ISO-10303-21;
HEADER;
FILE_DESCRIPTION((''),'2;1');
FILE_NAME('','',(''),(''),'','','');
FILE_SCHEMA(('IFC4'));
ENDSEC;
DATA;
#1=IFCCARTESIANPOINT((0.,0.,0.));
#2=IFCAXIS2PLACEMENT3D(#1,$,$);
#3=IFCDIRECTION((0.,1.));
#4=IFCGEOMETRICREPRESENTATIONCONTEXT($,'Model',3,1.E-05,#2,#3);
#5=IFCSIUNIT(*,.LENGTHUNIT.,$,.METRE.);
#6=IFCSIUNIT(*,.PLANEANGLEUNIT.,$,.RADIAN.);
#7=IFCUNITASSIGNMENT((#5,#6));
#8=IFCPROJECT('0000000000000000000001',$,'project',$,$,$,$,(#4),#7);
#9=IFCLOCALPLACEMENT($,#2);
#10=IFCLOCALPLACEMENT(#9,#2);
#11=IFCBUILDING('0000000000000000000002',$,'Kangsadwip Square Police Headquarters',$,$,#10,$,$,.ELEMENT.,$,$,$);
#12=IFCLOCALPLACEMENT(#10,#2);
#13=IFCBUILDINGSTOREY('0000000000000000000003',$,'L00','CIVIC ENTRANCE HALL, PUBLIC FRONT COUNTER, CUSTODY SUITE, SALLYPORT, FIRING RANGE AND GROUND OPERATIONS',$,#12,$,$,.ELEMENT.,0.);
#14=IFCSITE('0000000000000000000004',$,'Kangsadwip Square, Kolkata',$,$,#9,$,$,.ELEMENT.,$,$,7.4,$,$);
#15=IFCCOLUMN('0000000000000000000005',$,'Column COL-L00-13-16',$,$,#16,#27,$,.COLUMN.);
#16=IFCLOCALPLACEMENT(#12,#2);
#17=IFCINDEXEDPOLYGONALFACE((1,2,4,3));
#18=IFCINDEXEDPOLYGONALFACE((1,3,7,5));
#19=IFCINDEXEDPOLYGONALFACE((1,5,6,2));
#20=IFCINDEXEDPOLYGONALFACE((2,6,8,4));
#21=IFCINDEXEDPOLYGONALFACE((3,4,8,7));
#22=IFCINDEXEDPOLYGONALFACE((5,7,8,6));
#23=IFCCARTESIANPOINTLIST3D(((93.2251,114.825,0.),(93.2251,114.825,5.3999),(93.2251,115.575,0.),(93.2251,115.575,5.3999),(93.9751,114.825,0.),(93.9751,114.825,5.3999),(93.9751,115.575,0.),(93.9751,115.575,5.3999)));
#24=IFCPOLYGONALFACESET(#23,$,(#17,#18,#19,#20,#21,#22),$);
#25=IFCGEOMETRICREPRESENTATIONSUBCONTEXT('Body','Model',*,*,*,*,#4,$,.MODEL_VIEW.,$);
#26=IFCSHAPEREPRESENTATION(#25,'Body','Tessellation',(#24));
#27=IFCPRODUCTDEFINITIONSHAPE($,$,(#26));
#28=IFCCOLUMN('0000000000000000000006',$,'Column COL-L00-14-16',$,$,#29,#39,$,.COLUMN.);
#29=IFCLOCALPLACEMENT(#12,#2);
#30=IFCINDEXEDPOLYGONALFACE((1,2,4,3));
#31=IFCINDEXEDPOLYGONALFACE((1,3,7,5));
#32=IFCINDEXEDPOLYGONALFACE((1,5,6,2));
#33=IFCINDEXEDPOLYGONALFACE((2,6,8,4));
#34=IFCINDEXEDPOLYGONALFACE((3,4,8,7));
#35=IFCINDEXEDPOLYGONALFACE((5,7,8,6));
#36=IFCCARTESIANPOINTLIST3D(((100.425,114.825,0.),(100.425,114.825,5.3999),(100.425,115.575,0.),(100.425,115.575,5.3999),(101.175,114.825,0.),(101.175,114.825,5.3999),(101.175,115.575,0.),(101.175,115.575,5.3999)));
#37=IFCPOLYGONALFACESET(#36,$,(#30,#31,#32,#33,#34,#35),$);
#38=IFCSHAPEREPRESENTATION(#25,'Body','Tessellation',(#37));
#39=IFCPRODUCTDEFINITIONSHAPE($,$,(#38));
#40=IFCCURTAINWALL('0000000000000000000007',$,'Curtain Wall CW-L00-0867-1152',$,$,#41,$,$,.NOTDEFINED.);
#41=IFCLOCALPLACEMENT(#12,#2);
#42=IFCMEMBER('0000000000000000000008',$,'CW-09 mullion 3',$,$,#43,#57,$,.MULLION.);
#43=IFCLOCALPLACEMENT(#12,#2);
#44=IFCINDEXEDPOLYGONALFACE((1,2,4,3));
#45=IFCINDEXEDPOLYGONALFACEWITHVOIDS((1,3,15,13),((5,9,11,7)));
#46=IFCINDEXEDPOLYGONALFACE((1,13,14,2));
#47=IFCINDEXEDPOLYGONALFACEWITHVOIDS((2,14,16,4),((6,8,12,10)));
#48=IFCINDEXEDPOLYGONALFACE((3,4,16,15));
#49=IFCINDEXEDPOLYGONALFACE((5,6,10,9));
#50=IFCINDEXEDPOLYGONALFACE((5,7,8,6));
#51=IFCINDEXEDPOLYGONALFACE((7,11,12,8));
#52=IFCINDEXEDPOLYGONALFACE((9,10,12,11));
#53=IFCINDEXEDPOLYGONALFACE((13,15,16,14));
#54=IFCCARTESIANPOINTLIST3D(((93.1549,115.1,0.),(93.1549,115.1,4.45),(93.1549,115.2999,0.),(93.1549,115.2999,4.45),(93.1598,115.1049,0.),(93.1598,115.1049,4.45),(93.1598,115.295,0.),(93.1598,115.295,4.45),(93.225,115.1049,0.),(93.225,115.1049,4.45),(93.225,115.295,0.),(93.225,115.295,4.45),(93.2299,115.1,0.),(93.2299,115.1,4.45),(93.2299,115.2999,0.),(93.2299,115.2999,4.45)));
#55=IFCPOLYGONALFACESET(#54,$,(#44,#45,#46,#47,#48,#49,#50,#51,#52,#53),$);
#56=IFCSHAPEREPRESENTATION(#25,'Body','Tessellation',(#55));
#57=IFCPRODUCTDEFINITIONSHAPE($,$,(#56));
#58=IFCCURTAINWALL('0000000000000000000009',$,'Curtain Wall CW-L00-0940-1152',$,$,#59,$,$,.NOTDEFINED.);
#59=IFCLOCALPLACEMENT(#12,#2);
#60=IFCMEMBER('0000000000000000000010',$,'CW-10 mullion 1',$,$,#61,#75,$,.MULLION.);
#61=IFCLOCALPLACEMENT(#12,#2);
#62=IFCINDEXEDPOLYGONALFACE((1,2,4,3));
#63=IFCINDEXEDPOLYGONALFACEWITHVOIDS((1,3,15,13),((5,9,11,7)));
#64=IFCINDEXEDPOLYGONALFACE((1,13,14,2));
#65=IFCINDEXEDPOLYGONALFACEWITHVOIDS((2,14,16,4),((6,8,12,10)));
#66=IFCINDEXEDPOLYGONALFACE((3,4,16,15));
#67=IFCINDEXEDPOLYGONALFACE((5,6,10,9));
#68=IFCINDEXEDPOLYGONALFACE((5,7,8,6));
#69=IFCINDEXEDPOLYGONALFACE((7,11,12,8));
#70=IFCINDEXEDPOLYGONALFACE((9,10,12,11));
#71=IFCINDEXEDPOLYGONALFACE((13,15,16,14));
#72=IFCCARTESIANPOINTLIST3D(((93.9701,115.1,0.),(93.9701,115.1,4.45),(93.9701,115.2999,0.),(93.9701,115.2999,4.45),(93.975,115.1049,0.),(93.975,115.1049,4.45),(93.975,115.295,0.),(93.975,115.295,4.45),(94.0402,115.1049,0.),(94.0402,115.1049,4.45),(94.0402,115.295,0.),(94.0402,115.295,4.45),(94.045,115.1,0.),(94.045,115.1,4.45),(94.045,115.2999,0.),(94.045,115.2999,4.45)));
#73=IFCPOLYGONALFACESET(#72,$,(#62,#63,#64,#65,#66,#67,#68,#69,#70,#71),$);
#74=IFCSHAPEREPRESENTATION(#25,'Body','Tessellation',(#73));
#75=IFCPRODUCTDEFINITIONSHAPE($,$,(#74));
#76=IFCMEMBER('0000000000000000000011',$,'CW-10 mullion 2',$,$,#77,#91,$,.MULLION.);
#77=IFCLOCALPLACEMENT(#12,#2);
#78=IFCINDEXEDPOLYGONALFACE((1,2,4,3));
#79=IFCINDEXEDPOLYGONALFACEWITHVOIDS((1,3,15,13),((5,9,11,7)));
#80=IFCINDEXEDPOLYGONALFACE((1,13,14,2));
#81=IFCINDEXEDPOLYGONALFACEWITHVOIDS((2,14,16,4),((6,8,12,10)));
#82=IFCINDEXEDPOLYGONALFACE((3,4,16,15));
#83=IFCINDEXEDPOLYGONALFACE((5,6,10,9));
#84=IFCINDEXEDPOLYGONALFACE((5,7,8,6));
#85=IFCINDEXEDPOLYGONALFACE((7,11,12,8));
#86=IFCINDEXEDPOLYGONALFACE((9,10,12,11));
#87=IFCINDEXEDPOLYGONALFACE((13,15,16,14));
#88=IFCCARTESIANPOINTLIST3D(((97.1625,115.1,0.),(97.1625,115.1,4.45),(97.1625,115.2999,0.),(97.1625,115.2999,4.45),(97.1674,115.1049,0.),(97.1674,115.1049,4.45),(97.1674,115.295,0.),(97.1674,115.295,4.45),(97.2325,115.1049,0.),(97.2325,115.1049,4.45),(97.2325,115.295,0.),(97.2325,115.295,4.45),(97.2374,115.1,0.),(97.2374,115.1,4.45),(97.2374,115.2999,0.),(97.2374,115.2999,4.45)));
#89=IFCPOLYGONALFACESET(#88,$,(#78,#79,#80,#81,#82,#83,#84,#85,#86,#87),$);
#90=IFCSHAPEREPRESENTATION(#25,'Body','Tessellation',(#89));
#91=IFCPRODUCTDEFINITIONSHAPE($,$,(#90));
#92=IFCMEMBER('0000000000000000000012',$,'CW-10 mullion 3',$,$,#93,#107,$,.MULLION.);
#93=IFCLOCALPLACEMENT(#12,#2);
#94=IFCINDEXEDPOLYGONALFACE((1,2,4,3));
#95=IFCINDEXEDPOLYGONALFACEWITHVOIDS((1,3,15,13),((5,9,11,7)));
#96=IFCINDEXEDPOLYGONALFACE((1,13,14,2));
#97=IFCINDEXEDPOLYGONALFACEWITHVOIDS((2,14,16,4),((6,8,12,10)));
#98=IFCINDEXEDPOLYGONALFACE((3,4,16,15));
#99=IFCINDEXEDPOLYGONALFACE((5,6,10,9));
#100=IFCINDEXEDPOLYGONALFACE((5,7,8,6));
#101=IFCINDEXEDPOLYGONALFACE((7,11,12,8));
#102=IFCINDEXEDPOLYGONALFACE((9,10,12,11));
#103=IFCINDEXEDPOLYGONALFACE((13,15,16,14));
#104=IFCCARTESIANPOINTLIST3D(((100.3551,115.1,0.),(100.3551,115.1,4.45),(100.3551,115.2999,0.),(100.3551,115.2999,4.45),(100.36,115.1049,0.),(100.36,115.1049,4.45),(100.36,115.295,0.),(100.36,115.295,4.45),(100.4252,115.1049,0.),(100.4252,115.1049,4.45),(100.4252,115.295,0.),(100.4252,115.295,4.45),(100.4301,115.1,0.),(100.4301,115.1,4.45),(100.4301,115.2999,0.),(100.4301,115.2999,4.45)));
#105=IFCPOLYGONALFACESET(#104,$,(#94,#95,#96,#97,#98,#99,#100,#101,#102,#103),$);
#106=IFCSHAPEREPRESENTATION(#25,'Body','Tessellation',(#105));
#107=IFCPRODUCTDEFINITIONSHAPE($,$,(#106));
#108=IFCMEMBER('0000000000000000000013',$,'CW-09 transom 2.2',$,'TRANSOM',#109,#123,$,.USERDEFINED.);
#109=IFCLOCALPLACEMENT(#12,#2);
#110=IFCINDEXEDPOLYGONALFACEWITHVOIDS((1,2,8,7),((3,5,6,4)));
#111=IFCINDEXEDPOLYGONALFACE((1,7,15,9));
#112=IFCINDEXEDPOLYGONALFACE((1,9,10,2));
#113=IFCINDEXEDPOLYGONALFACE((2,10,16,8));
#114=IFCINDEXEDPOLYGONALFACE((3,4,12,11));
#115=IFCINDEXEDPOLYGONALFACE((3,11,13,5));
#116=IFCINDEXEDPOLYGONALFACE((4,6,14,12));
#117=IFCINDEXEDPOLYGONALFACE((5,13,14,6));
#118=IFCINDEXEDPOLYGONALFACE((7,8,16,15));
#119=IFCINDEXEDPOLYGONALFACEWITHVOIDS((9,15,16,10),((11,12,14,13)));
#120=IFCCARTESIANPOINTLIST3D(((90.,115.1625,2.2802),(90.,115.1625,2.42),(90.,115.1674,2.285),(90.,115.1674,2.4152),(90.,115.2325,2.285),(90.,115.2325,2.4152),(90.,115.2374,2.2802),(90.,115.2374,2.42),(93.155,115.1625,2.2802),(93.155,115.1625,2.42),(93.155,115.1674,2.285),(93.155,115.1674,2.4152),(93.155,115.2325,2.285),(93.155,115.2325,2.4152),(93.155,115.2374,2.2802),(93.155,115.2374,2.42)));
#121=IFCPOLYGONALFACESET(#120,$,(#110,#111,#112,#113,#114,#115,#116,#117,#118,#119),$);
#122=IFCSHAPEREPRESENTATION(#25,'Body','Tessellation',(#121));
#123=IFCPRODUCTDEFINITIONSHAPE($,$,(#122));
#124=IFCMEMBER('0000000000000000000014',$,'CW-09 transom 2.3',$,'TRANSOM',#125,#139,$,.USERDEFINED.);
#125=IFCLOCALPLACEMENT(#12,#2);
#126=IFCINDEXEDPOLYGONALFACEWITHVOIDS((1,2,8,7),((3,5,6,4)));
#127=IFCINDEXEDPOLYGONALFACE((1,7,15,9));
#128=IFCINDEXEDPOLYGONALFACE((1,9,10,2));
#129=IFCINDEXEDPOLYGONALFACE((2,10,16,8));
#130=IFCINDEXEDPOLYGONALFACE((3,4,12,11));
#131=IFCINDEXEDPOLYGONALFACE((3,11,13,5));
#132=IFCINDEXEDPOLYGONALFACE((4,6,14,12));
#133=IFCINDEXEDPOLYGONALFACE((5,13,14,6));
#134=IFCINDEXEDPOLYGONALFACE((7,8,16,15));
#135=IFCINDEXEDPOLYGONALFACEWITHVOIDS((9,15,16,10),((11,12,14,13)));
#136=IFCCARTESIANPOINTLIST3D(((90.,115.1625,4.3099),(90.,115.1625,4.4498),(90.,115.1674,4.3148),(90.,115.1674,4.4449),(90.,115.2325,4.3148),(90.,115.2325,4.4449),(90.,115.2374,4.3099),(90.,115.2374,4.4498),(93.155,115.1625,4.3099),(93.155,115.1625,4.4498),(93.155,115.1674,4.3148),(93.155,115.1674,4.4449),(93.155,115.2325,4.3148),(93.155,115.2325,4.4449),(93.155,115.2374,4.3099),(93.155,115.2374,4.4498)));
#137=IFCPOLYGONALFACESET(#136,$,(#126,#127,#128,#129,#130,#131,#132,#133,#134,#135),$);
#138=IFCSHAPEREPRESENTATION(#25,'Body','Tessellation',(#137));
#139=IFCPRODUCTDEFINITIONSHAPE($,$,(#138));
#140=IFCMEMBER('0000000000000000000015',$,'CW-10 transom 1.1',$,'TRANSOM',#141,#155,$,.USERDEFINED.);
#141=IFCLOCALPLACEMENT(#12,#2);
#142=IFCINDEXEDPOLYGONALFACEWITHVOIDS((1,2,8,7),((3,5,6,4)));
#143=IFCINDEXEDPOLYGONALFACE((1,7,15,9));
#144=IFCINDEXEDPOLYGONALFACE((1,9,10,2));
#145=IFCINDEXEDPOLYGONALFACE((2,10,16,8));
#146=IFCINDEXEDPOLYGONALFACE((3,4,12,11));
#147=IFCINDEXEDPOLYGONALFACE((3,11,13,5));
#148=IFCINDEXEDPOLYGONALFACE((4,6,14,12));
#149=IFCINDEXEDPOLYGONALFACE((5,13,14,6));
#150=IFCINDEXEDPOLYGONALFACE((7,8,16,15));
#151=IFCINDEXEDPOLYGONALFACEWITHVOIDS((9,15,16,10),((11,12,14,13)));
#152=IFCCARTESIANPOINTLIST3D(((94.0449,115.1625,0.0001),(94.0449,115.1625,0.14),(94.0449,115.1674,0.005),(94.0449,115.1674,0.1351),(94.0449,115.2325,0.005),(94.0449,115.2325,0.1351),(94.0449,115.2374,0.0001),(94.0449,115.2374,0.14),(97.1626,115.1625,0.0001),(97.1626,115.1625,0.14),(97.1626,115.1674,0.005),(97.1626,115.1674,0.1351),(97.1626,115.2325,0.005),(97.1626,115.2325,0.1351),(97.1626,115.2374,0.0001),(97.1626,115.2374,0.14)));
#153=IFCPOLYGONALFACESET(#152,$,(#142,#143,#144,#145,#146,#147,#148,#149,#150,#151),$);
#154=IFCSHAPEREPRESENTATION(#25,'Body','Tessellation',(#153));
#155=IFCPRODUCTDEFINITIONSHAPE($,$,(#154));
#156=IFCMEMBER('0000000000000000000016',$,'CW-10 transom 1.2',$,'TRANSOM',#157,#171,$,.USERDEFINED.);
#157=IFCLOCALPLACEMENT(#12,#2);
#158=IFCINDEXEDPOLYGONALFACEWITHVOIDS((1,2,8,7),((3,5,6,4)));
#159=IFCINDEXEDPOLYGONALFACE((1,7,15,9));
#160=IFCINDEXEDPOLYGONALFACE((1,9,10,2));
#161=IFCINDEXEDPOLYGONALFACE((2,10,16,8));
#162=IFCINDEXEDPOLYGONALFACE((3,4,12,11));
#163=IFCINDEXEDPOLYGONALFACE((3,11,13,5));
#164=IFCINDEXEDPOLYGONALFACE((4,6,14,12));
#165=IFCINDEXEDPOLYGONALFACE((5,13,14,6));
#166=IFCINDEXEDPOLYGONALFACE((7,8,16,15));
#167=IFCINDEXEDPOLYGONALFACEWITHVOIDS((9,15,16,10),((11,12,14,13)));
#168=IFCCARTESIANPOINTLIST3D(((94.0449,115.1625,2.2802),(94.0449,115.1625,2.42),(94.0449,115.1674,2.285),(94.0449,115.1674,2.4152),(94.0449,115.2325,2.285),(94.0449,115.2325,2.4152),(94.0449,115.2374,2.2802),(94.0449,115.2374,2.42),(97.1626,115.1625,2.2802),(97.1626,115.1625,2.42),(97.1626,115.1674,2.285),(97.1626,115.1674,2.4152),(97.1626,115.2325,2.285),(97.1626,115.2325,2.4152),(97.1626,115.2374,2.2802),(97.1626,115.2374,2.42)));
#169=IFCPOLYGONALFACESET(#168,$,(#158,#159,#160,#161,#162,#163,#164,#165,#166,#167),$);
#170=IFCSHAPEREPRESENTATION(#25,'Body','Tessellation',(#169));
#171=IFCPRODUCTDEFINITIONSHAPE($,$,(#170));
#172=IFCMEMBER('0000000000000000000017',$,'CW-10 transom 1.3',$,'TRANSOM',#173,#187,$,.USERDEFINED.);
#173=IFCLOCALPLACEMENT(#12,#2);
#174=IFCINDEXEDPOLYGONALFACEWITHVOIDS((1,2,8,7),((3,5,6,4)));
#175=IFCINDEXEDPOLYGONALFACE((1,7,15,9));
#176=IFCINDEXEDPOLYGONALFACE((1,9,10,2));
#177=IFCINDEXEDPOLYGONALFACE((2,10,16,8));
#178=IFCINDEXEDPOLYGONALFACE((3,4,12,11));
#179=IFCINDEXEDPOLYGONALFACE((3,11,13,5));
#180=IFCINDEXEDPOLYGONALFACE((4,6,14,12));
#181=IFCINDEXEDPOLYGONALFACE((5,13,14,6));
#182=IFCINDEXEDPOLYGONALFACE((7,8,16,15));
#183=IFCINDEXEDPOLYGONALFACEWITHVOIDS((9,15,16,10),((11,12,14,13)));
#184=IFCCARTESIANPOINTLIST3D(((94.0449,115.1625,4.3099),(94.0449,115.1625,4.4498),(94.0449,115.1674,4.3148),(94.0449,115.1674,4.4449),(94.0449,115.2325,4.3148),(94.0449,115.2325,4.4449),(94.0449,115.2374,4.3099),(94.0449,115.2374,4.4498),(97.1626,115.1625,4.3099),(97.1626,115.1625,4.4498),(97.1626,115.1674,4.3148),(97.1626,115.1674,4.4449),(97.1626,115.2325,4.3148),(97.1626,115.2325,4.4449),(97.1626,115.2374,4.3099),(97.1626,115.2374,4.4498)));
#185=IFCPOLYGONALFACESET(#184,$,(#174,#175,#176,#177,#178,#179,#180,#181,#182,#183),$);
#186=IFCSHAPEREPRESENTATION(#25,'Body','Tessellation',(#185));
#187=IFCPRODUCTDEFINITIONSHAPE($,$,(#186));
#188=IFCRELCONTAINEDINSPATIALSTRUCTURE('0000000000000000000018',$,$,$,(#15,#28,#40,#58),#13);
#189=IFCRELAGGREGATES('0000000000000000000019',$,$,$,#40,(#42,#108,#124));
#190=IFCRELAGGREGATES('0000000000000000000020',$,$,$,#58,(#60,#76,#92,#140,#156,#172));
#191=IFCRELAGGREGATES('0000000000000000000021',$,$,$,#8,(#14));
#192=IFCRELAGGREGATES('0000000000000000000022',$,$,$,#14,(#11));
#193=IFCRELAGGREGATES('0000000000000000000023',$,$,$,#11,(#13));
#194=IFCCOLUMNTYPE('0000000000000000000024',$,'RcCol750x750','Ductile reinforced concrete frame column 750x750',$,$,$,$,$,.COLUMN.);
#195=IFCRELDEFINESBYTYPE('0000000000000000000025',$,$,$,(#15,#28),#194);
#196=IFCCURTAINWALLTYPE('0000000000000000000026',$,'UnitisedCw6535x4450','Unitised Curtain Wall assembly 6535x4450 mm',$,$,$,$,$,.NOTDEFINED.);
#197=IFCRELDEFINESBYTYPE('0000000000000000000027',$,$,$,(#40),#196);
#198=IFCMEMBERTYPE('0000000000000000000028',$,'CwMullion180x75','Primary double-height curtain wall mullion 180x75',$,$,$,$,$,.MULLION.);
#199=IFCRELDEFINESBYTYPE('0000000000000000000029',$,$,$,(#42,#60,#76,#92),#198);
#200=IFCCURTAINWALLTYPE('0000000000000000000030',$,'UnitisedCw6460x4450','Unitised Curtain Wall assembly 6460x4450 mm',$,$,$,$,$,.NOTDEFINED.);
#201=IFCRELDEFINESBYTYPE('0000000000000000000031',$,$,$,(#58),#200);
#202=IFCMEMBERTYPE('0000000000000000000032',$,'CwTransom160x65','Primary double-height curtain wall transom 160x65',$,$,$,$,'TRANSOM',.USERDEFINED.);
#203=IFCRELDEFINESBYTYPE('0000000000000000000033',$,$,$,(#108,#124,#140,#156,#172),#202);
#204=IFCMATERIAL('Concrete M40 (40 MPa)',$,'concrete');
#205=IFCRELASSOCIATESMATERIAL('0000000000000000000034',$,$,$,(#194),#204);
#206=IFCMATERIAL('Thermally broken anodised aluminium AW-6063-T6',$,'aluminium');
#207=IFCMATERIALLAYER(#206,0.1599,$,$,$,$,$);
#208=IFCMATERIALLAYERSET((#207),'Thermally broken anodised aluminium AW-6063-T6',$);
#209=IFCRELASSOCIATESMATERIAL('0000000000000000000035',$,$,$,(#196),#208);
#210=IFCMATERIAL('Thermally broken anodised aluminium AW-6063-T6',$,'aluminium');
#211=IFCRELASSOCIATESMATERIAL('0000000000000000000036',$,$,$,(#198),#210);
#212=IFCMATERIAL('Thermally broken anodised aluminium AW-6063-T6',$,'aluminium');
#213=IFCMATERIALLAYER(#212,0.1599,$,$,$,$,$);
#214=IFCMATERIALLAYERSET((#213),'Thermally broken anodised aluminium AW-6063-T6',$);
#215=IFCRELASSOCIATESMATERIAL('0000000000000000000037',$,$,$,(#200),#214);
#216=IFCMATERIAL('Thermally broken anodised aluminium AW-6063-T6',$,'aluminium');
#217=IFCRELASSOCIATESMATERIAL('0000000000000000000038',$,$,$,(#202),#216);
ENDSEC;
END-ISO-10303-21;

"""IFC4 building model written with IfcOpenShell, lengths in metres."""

from ifc_helpers import new_model, si_unit, direction, frame, origin, origin_2d, place, context, subcontext, project, spatial, rectangle, hollow_rectangle, extrude, material, layer, layer_set, material_profile, profile_set, type_object, element, aggregate, save


model = new_model("IFC4")

# Units and contexts
model_context = context("Model", 3, precision=1e-05, world=origin(), true_north=direction((0.0, 1.0)))
body_context = subcontext(model_context, "Body", "Model", "MODEL_VIEW")
ifc_project = project(units=[si_unit("LENGTHUNIT", "METRE"), si_unit("PLANEANGLEUNIT", "RADIAN")], contexts=[model_context])

# Site, building, storey
site_placement = place(None, origin())
site = spatial("IfcSite", under=ifc_project, at=site_placement, Name="Kangsadwip Square, Kolkata", CompositionType="ELEMENT", RefElevation=7.4)
building_placement = place(site_placement, origin())
building = spatial("IfcBuilding", under=site, at=building_placement, Name="Kangsadwip Square Police Headquarters", CompositionType="ELEMENT")
storey_placement = place(building_placement, origin())
storey = spatial("IfcBuildingStorey", under=building, at=storey_placement, Name="L00", Description="CIVIC ENTRANCE HALL, PUBLIC FRONT COUNTER, CUSTODY SUITE, SALLYPORT, FIRING RANGE AND GROUND OPERATIONS", CompositionType="ELEMENT", Elevation=0.0)

# Columns
ifc_material_1 = material(Name="Concrete M40 (40 MPa)", Category="concrete")
ifc_material_profile_1 = material_profile(ifc_material_1, rectangle(XDim=0.75, YDim=0.75, at=origin_2d()), Name="RC COL 750X750")
ifc_profile_set_1 = profile_set([ifc_material_profile_1], Name="Concrete M40 (40 MPa)")
column_type = type_object("IfcColumnType", Name="RcCol750x750", Description="Ductile reinforced concrete frame column 750x750", PredefinedType="COLUMN", material=ifc_profile_set_1)
for number, where, z_axis, x_axis, name in (
    (1, (93.6001, 115.2, 0.0), (0.0, 0.0, 1.0), (1.0, 0.0, 0.0), "Column COL-L00-13-16"),
    (2, (100.8, 115.2, 0.0), (0.0, 0.0, 1.0), (1.0, 0.0, 0.0), "Column COL-L00-14-16"),
):
    element("IfcColumn", number, at=place(storey_placement, frame(where, z_axis=z_axis, x_axis=x_axis)), inside=storey, type_object=column_type, Name=name, PredefinedType="COLUMN", context=body_context, shape_type="SweptSolid", body=[
        extrude(rectangle(XDim=0.75, YDim=0.75, at=origin_2d()), origin(), (0.0, 0.0, 1.0), 5.3999),
    ])

# Curtain wall, member
ifc_material_2 = material(Name="Thermally broken anodised aluminium AW-6063-T6", Category="aluminium")
ifc_layer_1 = layer(ifc_material_2, 0.1599)
ifc_layer_set_1 = layer_set([ifc_layer_1], Name="Thermally broken anodised aluminium AW-6063-T6")
curtain_wall_type_1 = type_object("IfcCurtainWallType", Name="UnitisedCw6535x4450", Description="Unitised Curtain Wall assembly 6535x4450 mm", PredefinedType="NOTDEFINED", material=ifc_layer_set_1)
curtain_wall_1_placement = place(storey_placement, origin())
curtain_wall_1 = element("IfcCurtainWall", 3, at=curtain_wall_1_placement, inside=storey, type_object=curtain_wall_type_1, Name="Curtain Wall CW-L00-0867-1152", PredefinedType="NOTDEFINED")
ifc_material_3 = material(Name="Thermally broken anodised aluminium AW-6063-T6", Category="aluminium")
ifc_material_profile_2 = material_profile(ifc_material_3, hollow_rectangle(XDim=0.075, YDim=0.2, WallThickness=0.0049, at=origin_2d()), Name="CWM 200X75X5")
ifc_profile_set_2 = profile_set([ifc_material_profile_2], Name="Thermally broken anodised aluminium AW-6063-T6")
member_type_1 = type_object("IfcMemberType", Name="CwMullion180x75", Description="Primary double-height curtain wall mullion 180x75", PredefinedType="MULLION", material=ifc_profile_set_2)
member_1_placement = place(storey_placement, frame((93.1924, 115.2, 0.0), z_axis=(0.0, 0.0, 1.0), x_axis=(1.0, 0.0, 0.0)))
member_1 = element("IfcMember", 4, at=member_1_placement, type_object=member_type_1, Name="CW-09 mullion 3", PredefinedType="MULLION", context=body_context, shape_type="SweptSolid", body=[
    extrude(hollow_rectangle(XDim=0.075, YDim=0.2, WallThickness=0.0049, at=origin_2d()), origin(), (0.0, 0.0, 1.0), 4.45),
])

# Curtain wall, members
ifc_material_4 = material(Name="Thermally broken anodised aluminium AW-6063-T6", Category="aluminium")
ifc_layer_2 = layer(ifc_material_4, 0.1599)
ifc_layer_set_2 = layer_set([ifc_layer_2], Name="Thermally broken anodised aluminium AW-6063-T6")
curtain_wall_type_2 = type_object("IfcCurtainWallType", Name="UnitisedCw6460x4450", Description="Unitised Curtain Wall assembly 6460x4450 mm", PredefinedType="NOTDEFINED", material=ifc_layer_set_2)
curtain_wall_2_placement = place(storey_placement, origin())
curtain_wall_2 = element("IfcCurtainWall", 5, at=curtain_wall_2_placement, inside=storey, type_object=curtain_wall_type_2, Name="Curtain Wall CW-L00-0940-1152", PredefinedType="NOTDEFINED")
member_2_placement = place(storey_placement, frame((94.0076, 115.2, 0.0), z_axis=(0.0, 0.0, 1.0), x_axis=(1.0, 0.0, 0.0)))
member_2 = element("IfcMember", 6, at=member_2_placement, type_object=member_type_1, Name="CW-10 mullion 1", PredefinedType="MULLION", context=body_context, shape_type="SweptSolid", body=[
    extrude(hollow_rectangle(XDim=0.075, YDim=0.2, WallThickness=0.0049, at=origin_2d()), origin(), (0.0, 0.0, 1.0), 4.45),
])
member_3_placement = place(storey_placement, frame((97.2, 115.2, 0.0), z_axis=(0.0, 0.0, 1.0), x_axis=(1.0, 0.0, 0.0)))
member_3 = element("IfcMember", 7, at=member_3_placement, type_object=member_type_1, Name="CW-10 mullion 2", PredefinedType="MULLION", context=body_context, shape_type="SweptSolid", body=[
    extrude(hollow_rectangle(XDim=0.075, YDim=0.2, WallThickness=0.0049, at=origin_2d()), origin(), (0.0, 0.0, 1.0), 4.45),
])
member_4_placement = place(storey_placement, frame((100.3926, 115.2, 0.0), z_axis=(0.0, 0.0, 1.0), x_axis=(1.0, 0.0, 0.0)))
member_4 = element("IfcMember", 8, at=member_4_placement, type_object=member_type_1, Name="CW-10 mullion 3", PredefinedType="MULLION", context=body_context, shape_type="SweptSolid", body=[
    extrude(hollow_rectangle(XDim=0.075, YDim=0.2, WallThickness=0.0049, at=origin_2d()), origin(), (0.0, 0.0, 1.0), 4.45),
])

# Members
ifc_material_5 = material(Name="Thermally broken anodised aluminium AW-6063-T6", Category="aluminium")
ifc_material_profile_3 = material_profile(ifc_material_5, hollow_rectangle(XDim=0.075, YDim=0.1399, WallThickness=0.0049, at=origin_2d()), Name="CWT 140X75X5")
ifc_profile_set_3 = profile_set([ifc_material_profile_3], Name="Thermally broken anodised aluminium AW-6063-T6")
member_type_2 = type_object("IfcMemberType", Name="CwTransom160x65", Description="Primary double-height curtain wall transom 160x65", ElementType="TRANSOM", PredefinedType="USERDEFINED", material=ifc_profile_set_3)
member_5_placement = place(storey_placement, frame((90.0, 115.2, 2.3501), z_axis=(1.0, 0.0, 0.0), x_axis=(0.0, 1.0, 0.0)))
member_5 = element("IfcMember", 9, at=member_5_placement, type_object=member_type_2, Name="CW-09 transom 2.2", ObjectType="TRANSOM", PredefinedType="USERDEFINED", context=body_context, shape_type="SweptSolid", body=[
    extrude(hollow_rectangle(XDim=0.075, YDim=0.1399, WallThickness=0.0049, at=origin_2d()), origin(), (0.0, 0.0, 1.0), 3.155),
])
member_6_placement = place(storey_placement, frame((90.0, 115.2, 4.3799), z_axis=(1.0, 0.0, 0.0), x_axis=(0.0, 1.0, 0.0)))
member_6 = element("IfcMember", 10, at=member_6_placement, type_object=member_type_2, Name="CW-09 transom 2.3", ObjectType="TRANSOM", PredefinedType="USERDEFINED", context=body_context, shape_type="SweptSolid", body=[
    extrude(hollow_rectangle(XDim=0.075, YDim=0.1399, WallThickness=0.0049, at=origin_2d()), origin(), (0.0, 0.0, 1.0), 3.155),
])
member_7_placement = place(storey_placement, frame((94.0449, 115.2, 0.0701), z_axis=(1.0, 0.0, 0.0), x_axis=(0.0, 1.0, 0.0)))
member_7 = element("IfcMember", 11, at=member_7_placement, type_object=member_type_2, Name="CW-10 transom 1.1", ObjectType="TRANSOM", PredefinedType="USERDEFINED", context=body_context, shape_type="SweptSolid", body=[
    extrude(hollow_rectangle(XDim=0.075, YDim=0.1399, WallThickness=0.0049, at=origin_2d()), origin(), (0.0, 0.0, 1.0), 3.1177),
])
member_8_placement = place(storey_placement, frame((94.0449, 115.2, 2.3501), z_axis=(1.0, 0.0, 0.0), x_axis=(0.0, 1.0, 0.0)))
member_8 = element("IfcMember", 12, at=member_8_placement, type_object=member_type_2, Name="CW-10 transom 1.2", ObjectType="TRANSOM", PredefinedType="USERDEFINED", context=body_context, shape_type="SweptSolid", body=[
    extrude(hollow_rectangle(XDim=0.075, YDim=0.1399, WallThickness=0.0049, at=origin_2d()), origin(), (0.0, 0.0, 1.0), 3.1177),
])
member_9_placement = place(storey_placement, frame((94.0449, 115.2, 4.3799), z_axis=(1.0, 0.0, 0.0), x_axis=(0.0, 1.0, 0.0)))
member_9 = element("IfcMember", 13, at=member_9_placement, type_object=member_type_2, Name="CW-10 transom 1.3", ObjectType="TRANSOM", PredefinedType="USERDEFINED", context=body_context, shape_type="SweptSolid", body=[
    extrude(hollow_rectangle(XDim=0.075, YDim=0.1399, WallThickness=0.0049, at=origin_2d()), origin(), (0.0, 0.0, 1.0), 3.1177),
])

aggregate(curtain_wall_1, [member_1, member_5, member_6])
aggregate(curtain_wall_2, [member_2, member_3, member_4, member_7, member_8, member_9])

save(model, "model.ifc")
